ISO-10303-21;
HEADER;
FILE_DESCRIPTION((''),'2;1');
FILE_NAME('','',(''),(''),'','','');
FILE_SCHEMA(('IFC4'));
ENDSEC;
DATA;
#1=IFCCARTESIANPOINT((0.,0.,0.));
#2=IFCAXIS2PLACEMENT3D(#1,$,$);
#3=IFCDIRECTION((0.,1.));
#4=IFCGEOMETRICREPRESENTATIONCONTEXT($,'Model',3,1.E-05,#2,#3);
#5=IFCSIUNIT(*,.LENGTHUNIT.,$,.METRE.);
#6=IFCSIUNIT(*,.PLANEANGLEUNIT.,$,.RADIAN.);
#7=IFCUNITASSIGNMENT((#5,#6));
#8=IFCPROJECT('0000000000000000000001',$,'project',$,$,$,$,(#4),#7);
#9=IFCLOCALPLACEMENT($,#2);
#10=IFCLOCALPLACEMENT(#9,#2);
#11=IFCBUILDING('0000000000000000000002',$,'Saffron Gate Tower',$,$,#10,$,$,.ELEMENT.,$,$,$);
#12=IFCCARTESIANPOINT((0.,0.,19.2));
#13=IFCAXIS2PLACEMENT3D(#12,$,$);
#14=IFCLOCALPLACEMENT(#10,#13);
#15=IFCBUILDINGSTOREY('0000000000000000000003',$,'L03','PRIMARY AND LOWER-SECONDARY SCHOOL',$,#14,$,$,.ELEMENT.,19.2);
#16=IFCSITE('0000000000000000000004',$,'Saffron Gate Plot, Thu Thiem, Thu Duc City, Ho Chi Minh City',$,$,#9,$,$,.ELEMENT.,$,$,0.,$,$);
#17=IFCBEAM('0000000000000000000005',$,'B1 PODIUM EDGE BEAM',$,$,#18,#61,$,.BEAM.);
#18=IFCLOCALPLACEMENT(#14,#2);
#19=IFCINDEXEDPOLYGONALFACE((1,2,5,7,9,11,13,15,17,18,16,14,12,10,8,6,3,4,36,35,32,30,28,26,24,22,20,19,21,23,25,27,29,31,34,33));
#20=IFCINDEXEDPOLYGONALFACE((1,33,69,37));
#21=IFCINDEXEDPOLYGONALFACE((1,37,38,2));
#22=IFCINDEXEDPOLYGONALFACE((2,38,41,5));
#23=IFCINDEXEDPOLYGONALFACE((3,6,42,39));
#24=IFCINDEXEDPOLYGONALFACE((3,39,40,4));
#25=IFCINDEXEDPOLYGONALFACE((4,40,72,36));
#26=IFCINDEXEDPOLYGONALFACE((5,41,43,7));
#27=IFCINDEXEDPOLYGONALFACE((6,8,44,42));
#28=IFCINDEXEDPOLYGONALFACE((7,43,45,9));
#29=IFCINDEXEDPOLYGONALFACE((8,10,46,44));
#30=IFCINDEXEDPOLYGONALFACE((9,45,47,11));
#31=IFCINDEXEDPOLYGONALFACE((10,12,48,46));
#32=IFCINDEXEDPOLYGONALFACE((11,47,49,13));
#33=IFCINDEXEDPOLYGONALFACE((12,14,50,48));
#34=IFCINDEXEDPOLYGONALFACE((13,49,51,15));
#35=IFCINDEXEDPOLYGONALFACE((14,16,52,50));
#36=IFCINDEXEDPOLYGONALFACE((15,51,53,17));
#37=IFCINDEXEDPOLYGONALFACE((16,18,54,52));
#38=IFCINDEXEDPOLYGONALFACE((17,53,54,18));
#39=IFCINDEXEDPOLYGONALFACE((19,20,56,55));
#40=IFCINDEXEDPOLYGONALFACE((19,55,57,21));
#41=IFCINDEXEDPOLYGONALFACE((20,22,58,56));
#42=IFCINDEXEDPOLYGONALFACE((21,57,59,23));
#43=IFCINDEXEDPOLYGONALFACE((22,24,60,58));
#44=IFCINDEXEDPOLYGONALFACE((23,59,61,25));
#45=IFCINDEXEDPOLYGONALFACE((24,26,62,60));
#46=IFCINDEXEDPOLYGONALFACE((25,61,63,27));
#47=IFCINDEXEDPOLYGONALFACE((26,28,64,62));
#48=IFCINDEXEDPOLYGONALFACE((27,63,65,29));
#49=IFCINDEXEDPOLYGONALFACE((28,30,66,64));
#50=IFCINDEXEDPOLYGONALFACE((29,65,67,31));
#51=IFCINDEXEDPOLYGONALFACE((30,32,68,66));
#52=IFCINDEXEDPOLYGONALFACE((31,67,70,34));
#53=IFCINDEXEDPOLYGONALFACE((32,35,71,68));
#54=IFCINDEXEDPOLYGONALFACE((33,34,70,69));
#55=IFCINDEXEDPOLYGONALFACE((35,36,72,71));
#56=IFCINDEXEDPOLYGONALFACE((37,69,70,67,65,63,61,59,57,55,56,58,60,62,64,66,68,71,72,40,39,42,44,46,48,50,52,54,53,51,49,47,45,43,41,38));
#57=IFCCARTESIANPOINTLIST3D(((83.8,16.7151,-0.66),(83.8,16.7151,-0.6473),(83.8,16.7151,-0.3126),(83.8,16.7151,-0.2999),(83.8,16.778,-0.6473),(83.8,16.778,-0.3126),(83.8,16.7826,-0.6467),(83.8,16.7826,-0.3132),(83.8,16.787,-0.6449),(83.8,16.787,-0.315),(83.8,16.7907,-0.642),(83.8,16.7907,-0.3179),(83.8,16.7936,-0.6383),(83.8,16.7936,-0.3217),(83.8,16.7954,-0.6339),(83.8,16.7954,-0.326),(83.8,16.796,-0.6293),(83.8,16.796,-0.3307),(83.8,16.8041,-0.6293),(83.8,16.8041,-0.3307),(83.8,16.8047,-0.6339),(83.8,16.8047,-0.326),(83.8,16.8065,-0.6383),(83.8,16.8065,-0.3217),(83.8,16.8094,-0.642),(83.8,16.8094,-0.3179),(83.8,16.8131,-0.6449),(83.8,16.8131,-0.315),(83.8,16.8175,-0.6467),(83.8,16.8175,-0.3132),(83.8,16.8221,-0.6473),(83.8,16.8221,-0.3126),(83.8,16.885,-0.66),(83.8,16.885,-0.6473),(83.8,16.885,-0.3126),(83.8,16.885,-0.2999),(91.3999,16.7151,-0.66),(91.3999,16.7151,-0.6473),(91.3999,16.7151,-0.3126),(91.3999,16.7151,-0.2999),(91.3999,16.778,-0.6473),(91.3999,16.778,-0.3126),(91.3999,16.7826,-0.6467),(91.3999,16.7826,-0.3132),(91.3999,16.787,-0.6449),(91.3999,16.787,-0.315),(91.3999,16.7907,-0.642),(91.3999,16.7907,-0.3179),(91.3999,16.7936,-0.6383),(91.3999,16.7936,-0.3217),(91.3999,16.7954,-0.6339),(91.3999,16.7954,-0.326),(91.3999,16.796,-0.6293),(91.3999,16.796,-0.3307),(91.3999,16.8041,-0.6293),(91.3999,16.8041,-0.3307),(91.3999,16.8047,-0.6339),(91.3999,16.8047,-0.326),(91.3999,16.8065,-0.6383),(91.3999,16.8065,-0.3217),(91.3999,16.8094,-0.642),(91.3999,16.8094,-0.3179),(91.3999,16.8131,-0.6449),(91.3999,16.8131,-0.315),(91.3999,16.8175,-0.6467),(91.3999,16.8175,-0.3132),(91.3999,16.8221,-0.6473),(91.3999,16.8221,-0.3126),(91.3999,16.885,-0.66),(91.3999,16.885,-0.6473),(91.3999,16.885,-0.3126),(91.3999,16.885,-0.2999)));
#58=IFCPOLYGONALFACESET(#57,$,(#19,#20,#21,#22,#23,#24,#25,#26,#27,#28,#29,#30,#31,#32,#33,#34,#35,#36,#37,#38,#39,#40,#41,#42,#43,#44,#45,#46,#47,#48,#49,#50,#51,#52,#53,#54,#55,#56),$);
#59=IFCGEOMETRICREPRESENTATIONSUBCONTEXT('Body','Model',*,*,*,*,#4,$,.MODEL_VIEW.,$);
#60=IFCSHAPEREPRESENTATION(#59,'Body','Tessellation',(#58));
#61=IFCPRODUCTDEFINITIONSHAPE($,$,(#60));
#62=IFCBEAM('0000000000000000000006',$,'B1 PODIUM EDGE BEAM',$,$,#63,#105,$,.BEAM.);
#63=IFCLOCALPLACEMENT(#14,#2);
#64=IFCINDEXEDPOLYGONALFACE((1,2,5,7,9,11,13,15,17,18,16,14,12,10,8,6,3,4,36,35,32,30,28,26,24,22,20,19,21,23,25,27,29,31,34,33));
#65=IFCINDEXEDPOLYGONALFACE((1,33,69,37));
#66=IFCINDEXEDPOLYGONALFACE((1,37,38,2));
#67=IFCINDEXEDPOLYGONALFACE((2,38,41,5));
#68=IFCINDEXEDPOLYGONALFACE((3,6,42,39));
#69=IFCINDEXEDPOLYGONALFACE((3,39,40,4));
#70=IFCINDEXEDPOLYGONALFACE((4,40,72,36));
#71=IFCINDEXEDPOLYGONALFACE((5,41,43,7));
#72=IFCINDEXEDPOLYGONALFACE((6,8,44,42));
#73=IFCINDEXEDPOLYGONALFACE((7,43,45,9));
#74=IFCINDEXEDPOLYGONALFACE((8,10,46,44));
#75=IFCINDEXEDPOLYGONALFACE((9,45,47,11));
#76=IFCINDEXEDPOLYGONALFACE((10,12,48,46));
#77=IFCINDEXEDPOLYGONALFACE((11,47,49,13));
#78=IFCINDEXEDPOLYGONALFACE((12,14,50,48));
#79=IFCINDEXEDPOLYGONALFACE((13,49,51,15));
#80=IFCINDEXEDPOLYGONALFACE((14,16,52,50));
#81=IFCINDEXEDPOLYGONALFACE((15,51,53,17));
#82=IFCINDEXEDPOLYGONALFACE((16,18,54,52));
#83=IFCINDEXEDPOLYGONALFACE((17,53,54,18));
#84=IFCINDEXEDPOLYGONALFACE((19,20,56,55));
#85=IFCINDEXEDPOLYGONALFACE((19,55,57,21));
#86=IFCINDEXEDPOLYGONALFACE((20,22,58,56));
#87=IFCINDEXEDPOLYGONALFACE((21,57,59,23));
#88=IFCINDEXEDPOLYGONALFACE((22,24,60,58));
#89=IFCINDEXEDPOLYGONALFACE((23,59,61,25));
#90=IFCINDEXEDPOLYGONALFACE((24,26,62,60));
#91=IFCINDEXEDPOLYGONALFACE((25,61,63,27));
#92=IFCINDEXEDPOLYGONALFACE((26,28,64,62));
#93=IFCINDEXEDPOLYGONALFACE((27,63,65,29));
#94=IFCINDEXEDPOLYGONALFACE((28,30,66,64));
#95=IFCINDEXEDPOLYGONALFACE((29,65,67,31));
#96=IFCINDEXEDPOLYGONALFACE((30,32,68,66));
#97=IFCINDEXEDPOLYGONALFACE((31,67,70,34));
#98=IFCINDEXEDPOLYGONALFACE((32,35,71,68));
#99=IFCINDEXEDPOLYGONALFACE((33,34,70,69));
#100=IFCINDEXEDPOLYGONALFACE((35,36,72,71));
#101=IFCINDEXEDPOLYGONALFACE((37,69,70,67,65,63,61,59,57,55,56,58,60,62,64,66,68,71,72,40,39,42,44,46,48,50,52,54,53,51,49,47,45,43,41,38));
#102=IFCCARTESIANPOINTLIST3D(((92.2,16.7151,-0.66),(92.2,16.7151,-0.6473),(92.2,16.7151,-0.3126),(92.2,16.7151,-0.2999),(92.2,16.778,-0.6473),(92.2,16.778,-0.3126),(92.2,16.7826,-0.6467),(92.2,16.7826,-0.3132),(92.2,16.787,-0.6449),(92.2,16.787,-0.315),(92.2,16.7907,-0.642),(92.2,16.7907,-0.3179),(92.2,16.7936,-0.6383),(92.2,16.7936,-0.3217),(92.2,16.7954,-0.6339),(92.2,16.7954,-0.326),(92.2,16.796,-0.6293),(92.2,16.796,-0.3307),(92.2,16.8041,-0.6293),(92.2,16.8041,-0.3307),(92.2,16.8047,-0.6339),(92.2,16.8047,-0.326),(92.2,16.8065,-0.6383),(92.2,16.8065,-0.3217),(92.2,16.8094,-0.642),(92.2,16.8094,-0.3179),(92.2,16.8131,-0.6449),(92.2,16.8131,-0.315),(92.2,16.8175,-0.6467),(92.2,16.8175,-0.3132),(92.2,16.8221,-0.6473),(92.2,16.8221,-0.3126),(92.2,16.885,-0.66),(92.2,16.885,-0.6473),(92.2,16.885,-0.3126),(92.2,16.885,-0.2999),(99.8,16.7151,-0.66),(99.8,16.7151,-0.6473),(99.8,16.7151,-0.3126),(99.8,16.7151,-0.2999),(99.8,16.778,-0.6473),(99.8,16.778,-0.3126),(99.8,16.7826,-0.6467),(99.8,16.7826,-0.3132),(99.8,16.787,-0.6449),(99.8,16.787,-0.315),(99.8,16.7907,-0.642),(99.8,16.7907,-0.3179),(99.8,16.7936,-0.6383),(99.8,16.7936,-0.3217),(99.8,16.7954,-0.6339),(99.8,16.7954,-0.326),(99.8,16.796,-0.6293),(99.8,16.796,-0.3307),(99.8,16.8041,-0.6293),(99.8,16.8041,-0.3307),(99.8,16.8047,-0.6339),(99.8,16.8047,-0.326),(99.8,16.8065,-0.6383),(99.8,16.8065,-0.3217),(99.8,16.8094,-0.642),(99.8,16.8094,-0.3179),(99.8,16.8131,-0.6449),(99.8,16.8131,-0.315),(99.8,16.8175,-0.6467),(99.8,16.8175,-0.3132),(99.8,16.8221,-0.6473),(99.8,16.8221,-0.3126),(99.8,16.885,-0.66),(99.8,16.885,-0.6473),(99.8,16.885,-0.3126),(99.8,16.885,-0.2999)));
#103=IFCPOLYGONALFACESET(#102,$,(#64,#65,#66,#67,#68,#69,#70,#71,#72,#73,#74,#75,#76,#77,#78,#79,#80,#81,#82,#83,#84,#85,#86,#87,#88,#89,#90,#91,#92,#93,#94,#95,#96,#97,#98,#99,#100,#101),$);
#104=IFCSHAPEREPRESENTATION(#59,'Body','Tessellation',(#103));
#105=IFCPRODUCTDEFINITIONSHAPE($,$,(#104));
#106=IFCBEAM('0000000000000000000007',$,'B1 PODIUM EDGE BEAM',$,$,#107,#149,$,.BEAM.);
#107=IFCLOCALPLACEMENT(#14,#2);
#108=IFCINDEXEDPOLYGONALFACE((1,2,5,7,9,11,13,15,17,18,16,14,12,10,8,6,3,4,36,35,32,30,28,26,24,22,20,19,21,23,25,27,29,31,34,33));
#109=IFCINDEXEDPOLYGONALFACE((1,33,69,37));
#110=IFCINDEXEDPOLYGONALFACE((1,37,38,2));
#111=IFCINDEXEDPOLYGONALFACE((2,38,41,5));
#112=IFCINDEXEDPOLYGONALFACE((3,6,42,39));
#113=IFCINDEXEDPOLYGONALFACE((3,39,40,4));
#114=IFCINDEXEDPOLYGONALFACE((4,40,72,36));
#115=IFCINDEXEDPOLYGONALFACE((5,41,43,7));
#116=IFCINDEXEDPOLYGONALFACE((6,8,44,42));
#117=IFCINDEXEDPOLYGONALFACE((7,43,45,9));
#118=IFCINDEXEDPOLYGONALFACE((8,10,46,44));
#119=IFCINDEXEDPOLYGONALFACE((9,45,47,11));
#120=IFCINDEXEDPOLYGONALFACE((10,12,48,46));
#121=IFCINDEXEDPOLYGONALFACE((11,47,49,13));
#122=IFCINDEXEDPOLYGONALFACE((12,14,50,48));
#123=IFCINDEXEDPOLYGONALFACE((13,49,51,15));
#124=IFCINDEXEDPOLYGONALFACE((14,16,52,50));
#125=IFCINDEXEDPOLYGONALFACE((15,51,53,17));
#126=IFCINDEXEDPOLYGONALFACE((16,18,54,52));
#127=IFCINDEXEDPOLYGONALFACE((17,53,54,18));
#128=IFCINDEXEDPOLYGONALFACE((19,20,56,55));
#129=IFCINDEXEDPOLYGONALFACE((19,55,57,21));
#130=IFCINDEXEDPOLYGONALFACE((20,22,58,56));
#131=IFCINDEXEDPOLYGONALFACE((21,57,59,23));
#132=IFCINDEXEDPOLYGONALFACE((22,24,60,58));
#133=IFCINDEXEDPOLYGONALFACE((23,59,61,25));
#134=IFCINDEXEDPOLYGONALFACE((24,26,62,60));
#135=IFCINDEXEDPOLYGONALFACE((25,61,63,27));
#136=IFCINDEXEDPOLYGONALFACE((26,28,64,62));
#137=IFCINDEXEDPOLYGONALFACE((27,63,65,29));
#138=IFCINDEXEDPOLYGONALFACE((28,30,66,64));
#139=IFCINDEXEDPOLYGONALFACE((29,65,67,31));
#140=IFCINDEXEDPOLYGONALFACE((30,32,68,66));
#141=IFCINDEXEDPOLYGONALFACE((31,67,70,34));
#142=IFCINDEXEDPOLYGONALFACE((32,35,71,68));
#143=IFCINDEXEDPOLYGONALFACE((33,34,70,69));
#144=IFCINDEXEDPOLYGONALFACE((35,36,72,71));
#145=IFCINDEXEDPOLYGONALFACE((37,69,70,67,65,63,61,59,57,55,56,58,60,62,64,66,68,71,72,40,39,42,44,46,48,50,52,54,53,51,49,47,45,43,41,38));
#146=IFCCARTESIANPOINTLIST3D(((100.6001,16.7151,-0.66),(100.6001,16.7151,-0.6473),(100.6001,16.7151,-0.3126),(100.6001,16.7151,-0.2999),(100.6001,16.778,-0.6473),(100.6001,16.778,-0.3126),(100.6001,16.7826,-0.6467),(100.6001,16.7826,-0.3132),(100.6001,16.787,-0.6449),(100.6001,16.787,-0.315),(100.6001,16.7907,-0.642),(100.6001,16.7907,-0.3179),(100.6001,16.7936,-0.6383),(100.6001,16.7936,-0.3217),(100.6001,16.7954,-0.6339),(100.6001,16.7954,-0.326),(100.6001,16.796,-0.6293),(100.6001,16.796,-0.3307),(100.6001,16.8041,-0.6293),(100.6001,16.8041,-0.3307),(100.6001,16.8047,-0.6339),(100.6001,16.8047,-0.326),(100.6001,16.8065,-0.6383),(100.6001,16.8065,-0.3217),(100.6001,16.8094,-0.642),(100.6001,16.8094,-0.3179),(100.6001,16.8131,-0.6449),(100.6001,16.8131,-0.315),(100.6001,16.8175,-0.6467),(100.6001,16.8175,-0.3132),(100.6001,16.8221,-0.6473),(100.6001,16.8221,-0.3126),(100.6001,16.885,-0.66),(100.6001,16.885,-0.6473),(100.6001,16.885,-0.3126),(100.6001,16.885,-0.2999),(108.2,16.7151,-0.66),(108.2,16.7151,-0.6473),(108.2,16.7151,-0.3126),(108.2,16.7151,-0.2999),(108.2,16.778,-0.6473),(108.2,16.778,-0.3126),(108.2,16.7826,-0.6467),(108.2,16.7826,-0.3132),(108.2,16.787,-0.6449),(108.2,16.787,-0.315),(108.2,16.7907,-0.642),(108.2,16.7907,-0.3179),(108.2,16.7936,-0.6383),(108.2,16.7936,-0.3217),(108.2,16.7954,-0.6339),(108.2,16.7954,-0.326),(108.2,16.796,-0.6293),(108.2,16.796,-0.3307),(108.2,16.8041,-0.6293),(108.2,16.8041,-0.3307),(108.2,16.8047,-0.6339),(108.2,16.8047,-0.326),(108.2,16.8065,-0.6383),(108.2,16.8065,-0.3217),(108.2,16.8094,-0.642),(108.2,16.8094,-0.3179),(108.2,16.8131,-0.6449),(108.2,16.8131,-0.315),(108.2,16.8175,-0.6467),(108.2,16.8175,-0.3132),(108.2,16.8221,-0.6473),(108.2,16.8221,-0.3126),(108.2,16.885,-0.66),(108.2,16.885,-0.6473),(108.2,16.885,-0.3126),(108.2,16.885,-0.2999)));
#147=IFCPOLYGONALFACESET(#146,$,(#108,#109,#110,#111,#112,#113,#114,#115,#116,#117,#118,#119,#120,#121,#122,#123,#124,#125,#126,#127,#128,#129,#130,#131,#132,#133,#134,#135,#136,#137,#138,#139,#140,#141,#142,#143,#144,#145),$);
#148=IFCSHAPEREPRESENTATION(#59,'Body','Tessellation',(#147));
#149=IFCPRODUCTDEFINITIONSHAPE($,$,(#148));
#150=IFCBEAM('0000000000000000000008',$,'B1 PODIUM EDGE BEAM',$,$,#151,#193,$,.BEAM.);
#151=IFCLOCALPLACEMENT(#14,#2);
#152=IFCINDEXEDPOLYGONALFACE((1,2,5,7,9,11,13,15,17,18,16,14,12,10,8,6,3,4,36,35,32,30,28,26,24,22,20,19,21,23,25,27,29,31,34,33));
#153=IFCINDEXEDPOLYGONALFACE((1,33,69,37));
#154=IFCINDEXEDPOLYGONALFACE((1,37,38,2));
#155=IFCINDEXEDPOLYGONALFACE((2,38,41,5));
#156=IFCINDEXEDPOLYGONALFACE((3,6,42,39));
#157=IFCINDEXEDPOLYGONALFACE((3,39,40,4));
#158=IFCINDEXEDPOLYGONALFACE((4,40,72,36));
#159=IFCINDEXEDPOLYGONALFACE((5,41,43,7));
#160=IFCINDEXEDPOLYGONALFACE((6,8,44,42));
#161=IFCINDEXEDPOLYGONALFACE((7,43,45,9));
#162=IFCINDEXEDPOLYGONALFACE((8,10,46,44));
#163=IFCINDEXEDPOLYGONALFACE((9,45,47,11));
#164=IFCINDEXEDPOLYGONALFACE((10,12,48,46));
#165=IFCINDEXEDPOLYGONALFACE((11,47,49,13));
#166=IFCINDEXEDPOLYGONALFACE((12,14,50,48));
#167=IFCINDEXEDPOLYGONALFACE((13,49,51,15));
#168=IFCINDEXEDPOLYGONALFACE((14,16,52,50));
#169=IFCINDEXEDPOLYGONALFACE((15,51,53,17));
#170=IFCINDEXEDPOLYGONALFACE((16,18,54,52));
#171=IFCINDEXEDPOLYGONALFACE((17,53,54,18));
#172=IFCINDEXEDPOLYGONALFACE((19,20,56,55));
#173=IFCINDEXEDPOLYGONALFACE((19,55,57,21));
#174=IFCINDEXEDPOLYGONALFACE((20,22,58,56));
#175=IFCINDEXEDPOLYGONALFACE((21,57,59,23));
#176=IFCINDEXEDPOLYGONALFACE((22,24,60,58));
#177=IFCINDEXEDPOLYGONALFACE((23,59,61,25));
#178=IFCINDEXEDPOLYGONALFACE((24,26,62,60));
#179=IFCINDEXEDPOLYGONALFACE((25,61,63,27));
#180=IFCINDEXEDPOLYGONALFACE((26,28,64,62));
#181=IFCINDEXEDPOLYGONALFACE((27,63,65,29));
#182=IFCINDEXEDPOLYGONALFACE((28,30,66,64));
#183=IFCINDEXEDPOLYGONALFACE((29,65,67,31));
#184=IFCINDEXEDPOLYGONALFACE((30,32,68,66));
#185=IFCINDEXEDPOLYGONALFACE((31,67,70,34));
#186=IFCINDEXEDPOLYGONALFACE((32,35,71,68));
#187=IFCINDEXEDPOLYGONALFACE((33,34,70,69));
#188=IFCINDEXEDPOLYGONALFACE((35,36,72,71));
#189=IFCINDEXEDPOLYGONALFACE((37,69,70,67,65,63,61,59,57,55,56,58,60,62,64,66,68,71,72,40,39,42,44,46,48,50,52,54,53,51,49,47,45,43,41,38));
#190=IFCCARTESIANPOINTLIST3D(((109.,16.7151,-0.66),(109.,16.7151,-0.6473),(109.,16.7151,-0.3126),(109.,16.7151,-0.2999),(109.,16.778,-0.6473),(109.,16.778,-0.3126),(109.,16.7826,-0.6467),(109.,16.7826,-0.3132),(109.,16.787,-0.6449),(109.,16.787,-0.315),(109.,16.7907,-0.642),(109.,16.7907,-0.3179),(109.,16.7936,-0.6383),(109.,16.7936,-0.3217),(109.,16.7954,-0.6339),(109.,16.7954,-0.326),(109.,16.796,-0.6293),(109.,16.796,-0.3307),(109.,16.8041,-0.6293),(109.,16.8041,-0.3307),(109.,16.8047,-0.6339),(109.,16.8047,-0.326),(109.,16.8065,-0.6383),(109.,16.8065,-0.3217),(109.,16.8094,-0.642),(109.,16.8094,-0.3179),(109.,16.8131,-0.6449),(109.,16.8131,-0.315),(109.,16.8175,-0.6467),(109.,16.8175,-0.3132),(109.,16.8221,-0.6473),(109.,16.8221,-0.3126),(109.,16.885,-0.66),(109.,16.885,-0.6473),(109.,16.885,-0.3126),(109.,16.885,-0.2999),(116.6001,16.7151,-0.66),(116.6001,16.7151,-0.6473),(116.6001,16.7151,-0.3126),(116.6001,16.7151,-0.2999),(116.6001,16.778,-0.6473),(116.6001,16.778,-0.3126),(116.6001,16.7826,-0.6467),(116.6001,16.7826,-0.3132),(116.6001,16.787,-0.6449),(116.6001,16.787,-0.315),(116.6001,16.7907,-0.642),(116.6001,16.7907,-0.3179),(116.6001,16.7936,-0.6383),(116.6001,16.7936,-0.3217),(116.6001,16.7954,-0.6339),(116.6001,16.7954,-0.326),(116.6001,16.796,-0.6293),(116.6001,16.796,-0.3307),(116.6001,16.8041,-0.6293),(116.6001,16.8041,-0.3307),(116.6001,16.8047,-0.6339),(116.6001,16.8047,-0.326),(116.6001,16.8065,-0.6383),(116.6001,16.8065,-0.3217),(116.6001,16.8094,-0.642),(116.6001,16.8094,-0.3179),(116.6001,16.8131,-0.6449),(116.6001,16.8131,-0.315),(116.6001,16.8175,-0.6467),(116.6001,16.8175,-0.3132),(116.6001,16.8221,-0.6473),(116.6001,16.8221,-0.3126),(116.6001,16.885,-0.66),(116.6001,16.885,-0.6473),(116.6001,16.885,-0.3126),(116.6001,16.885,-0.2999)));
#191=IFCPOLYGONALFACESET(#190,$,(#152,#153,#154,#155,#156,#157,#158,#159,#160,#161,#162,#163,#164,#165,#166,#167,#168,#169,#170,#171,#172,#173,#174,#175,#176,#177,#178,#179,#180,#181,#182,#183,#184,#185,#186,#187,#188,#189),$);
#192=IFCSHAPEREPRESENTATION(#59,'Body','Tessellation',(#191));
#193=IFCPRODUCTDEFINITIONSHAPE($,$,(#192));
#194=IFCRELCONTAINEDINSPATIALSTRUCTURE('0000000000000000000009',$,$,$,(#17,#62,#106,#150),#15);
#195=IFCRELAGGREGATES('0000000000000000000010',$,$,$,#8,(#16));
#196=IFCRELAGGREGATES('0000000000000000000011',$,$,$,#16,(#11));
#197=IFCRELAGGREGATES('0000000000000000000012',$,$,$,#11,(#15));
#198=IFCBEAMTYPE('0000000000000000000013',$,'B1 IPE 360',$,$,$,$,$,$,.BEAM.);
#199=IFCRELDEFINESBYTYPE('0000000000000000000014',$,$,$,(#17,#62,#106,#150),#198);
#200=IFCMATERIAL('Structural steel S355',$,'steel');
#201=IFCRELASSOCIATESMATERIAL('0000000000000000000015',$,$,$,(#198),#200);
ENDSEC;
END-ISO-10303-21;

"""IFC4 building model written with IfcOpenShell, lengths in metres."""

from ifc_helpers import new_model, si_unit, direction, frame, origin, origin_2d, place, context, subcontext, project, spatial, i_section, extrude, material, material_profile, profile_set, type_object, element, save


model = new_model("IFC4")

# Units and contexts
model_context = context("Model", 3, precision=1e-05, world=origin(), true_north=direction((0.0, 1.0)))
body_context = subcontext(model_context, "Body", "Model", "MODEL_VIEW")
ifc_project = project(units=[si_unit("LENGTHUNIT", "METRE"), si_unit("PLANEANGLEUNIT", "RADIAN")], contexts=[model_context])

# Site, building, storey
site_placement = place(None, origin())
site = spatial("IfcSite", under=ifc_project, at=site_placement, Name="Saffron Gate Plot, Thu Thiem, Thu Duc City, Ho Chi Minh City", CompositionType="ELEMENT", RefElevation=0.0)
building_placement = place(site_placement, origin())
building = spatial("IfcBuilding", under=site, at=building_placement, Name="Saffron Gate Tower", CompositionType="ELEMENT")
storey_placement = place(building_placement, frame((0.0, 0.0, 19.2)))
storey = spatial("IfcBuildingStorey", under=building, at=storey_placement, Name="L03", Description="PRIMARY AND LOWER-SECONDARY SCHOOL", CompositionType="ELEMENT", Elevation=19.2)

# Beams
ifc_material_1 = material(Name="Structural steel S355", Category="steel")
ifc_material_profile_1 = material_profile(ifc_material_1, i_section(OverallWidth=0.1699, OverallDepth=0.3601, WebThickness=0.0081, FlangeThickness=0.0127, FilletRadius=0.0181, at=origin_2d()))
ifc_profile_set_1 = profile_set([ifc_material_profile_1], Name="Structural steel S355")
beam_type_1 = type_object("IfcBeamType", Name="B1 IPE 360", PredefinedType="BEAM", material=ifc_profile_set_1)
beam_1_placement = place(storey_placement, frame((83.8, 16.8, -0.48), z_axis=(1.0, 0.0, 0.0), x_axis=(0.0, 1.0, 0.0)))
element("IfcBeam", 1, at=beam_1_placement, inside=storey, type_object=beam_type_1, Name="B1 PODIUM EDGE BEAM", PredefinedType="BEAM", context=body_context, shape_type="SweptSolid", body=[
    extrude(i_section(OverallWidth=0.1699, OverallDepth=0.3601, WebThickness=0.0081, FlangeThickness=0.0127, FilletRadius=0.0181, at=origin_2d()), origin(), (0.0, 0.0, 1.0), 7.5999),
])
beam_2_placement = place(storey_placement, frame((92.2, 16.8, -0.48), z_axis=(1.0, 0.0, 0.0), x_axis=(0.0, 1.0, 0.0)))
element("IfcBeam", 2, at=beam_2_placement, inside=storey, type_object=beam_type_1, Name="B1 PODIUM EDGE BEAM", PredefinedType="BEAM", context=body_context, shape_type="SweptSolid", body=[
    extrude(i_section(OverallWidth=0.1699, OverallDepth=0.3601, WebThickness=0.0081, FlangeThickness=0.0127, FilletRadius=0.0181, at=origin_2d()), origin(), (0.0, 0.0, 1.0), 7.6001),
])
beam_3_placement = place(storey_placement, frame((100.6001, 16.8, -0.48), z_axis=(1.0, 0.0, 0.0), x_axis=(0.0, 1.0, 0.0)))
element("IfcBeam", 3, at=beam_3_placement, inside=storey, type_object=beam_type_1, Name="B1 PODIUM EDGE BEAM", PredefinedType="BEAM", context=body_context, shape_type="SweptSolid", body=[
    extrude(i_section(OverallWidth=0.1699, OverallDepth=0.3601, WebThickness=0.0081, FlangeThickness=0.0127, FilletRadius=0.0181, at=origin_2d()), origin(), (0.0, 0.0, 1.0), 7.5999),
])
for number, where, z_axis, x_axis, name in (
    (4, (109.0, 16.8, -0.48), (1.0, 0.0, 0.0), (0.0, 1.0, 0.0), "B1 PODIUM EDGE BEAM"),
):
    element("IfcBeam", number, at=place(storey_placement, frame(where, z_axis=z_axis, x_axis=x_axis)), inside=storey, type_object=beam_type_1, Name=name, PredefinedType="BEAM", context=body_context, shape_type="SweptSolid", body=[
        extrude(i_section(OverallWidth=0.1699, OverallDepth=0.3601, WebThickness=0.0081, FlangeThickness=0.0127, FilletRadius=0.0181, at=origin_2d()), origin(), (0.0, 0.0, 1.0), 7.6001),
    ])

save(model, "model.ifc")
